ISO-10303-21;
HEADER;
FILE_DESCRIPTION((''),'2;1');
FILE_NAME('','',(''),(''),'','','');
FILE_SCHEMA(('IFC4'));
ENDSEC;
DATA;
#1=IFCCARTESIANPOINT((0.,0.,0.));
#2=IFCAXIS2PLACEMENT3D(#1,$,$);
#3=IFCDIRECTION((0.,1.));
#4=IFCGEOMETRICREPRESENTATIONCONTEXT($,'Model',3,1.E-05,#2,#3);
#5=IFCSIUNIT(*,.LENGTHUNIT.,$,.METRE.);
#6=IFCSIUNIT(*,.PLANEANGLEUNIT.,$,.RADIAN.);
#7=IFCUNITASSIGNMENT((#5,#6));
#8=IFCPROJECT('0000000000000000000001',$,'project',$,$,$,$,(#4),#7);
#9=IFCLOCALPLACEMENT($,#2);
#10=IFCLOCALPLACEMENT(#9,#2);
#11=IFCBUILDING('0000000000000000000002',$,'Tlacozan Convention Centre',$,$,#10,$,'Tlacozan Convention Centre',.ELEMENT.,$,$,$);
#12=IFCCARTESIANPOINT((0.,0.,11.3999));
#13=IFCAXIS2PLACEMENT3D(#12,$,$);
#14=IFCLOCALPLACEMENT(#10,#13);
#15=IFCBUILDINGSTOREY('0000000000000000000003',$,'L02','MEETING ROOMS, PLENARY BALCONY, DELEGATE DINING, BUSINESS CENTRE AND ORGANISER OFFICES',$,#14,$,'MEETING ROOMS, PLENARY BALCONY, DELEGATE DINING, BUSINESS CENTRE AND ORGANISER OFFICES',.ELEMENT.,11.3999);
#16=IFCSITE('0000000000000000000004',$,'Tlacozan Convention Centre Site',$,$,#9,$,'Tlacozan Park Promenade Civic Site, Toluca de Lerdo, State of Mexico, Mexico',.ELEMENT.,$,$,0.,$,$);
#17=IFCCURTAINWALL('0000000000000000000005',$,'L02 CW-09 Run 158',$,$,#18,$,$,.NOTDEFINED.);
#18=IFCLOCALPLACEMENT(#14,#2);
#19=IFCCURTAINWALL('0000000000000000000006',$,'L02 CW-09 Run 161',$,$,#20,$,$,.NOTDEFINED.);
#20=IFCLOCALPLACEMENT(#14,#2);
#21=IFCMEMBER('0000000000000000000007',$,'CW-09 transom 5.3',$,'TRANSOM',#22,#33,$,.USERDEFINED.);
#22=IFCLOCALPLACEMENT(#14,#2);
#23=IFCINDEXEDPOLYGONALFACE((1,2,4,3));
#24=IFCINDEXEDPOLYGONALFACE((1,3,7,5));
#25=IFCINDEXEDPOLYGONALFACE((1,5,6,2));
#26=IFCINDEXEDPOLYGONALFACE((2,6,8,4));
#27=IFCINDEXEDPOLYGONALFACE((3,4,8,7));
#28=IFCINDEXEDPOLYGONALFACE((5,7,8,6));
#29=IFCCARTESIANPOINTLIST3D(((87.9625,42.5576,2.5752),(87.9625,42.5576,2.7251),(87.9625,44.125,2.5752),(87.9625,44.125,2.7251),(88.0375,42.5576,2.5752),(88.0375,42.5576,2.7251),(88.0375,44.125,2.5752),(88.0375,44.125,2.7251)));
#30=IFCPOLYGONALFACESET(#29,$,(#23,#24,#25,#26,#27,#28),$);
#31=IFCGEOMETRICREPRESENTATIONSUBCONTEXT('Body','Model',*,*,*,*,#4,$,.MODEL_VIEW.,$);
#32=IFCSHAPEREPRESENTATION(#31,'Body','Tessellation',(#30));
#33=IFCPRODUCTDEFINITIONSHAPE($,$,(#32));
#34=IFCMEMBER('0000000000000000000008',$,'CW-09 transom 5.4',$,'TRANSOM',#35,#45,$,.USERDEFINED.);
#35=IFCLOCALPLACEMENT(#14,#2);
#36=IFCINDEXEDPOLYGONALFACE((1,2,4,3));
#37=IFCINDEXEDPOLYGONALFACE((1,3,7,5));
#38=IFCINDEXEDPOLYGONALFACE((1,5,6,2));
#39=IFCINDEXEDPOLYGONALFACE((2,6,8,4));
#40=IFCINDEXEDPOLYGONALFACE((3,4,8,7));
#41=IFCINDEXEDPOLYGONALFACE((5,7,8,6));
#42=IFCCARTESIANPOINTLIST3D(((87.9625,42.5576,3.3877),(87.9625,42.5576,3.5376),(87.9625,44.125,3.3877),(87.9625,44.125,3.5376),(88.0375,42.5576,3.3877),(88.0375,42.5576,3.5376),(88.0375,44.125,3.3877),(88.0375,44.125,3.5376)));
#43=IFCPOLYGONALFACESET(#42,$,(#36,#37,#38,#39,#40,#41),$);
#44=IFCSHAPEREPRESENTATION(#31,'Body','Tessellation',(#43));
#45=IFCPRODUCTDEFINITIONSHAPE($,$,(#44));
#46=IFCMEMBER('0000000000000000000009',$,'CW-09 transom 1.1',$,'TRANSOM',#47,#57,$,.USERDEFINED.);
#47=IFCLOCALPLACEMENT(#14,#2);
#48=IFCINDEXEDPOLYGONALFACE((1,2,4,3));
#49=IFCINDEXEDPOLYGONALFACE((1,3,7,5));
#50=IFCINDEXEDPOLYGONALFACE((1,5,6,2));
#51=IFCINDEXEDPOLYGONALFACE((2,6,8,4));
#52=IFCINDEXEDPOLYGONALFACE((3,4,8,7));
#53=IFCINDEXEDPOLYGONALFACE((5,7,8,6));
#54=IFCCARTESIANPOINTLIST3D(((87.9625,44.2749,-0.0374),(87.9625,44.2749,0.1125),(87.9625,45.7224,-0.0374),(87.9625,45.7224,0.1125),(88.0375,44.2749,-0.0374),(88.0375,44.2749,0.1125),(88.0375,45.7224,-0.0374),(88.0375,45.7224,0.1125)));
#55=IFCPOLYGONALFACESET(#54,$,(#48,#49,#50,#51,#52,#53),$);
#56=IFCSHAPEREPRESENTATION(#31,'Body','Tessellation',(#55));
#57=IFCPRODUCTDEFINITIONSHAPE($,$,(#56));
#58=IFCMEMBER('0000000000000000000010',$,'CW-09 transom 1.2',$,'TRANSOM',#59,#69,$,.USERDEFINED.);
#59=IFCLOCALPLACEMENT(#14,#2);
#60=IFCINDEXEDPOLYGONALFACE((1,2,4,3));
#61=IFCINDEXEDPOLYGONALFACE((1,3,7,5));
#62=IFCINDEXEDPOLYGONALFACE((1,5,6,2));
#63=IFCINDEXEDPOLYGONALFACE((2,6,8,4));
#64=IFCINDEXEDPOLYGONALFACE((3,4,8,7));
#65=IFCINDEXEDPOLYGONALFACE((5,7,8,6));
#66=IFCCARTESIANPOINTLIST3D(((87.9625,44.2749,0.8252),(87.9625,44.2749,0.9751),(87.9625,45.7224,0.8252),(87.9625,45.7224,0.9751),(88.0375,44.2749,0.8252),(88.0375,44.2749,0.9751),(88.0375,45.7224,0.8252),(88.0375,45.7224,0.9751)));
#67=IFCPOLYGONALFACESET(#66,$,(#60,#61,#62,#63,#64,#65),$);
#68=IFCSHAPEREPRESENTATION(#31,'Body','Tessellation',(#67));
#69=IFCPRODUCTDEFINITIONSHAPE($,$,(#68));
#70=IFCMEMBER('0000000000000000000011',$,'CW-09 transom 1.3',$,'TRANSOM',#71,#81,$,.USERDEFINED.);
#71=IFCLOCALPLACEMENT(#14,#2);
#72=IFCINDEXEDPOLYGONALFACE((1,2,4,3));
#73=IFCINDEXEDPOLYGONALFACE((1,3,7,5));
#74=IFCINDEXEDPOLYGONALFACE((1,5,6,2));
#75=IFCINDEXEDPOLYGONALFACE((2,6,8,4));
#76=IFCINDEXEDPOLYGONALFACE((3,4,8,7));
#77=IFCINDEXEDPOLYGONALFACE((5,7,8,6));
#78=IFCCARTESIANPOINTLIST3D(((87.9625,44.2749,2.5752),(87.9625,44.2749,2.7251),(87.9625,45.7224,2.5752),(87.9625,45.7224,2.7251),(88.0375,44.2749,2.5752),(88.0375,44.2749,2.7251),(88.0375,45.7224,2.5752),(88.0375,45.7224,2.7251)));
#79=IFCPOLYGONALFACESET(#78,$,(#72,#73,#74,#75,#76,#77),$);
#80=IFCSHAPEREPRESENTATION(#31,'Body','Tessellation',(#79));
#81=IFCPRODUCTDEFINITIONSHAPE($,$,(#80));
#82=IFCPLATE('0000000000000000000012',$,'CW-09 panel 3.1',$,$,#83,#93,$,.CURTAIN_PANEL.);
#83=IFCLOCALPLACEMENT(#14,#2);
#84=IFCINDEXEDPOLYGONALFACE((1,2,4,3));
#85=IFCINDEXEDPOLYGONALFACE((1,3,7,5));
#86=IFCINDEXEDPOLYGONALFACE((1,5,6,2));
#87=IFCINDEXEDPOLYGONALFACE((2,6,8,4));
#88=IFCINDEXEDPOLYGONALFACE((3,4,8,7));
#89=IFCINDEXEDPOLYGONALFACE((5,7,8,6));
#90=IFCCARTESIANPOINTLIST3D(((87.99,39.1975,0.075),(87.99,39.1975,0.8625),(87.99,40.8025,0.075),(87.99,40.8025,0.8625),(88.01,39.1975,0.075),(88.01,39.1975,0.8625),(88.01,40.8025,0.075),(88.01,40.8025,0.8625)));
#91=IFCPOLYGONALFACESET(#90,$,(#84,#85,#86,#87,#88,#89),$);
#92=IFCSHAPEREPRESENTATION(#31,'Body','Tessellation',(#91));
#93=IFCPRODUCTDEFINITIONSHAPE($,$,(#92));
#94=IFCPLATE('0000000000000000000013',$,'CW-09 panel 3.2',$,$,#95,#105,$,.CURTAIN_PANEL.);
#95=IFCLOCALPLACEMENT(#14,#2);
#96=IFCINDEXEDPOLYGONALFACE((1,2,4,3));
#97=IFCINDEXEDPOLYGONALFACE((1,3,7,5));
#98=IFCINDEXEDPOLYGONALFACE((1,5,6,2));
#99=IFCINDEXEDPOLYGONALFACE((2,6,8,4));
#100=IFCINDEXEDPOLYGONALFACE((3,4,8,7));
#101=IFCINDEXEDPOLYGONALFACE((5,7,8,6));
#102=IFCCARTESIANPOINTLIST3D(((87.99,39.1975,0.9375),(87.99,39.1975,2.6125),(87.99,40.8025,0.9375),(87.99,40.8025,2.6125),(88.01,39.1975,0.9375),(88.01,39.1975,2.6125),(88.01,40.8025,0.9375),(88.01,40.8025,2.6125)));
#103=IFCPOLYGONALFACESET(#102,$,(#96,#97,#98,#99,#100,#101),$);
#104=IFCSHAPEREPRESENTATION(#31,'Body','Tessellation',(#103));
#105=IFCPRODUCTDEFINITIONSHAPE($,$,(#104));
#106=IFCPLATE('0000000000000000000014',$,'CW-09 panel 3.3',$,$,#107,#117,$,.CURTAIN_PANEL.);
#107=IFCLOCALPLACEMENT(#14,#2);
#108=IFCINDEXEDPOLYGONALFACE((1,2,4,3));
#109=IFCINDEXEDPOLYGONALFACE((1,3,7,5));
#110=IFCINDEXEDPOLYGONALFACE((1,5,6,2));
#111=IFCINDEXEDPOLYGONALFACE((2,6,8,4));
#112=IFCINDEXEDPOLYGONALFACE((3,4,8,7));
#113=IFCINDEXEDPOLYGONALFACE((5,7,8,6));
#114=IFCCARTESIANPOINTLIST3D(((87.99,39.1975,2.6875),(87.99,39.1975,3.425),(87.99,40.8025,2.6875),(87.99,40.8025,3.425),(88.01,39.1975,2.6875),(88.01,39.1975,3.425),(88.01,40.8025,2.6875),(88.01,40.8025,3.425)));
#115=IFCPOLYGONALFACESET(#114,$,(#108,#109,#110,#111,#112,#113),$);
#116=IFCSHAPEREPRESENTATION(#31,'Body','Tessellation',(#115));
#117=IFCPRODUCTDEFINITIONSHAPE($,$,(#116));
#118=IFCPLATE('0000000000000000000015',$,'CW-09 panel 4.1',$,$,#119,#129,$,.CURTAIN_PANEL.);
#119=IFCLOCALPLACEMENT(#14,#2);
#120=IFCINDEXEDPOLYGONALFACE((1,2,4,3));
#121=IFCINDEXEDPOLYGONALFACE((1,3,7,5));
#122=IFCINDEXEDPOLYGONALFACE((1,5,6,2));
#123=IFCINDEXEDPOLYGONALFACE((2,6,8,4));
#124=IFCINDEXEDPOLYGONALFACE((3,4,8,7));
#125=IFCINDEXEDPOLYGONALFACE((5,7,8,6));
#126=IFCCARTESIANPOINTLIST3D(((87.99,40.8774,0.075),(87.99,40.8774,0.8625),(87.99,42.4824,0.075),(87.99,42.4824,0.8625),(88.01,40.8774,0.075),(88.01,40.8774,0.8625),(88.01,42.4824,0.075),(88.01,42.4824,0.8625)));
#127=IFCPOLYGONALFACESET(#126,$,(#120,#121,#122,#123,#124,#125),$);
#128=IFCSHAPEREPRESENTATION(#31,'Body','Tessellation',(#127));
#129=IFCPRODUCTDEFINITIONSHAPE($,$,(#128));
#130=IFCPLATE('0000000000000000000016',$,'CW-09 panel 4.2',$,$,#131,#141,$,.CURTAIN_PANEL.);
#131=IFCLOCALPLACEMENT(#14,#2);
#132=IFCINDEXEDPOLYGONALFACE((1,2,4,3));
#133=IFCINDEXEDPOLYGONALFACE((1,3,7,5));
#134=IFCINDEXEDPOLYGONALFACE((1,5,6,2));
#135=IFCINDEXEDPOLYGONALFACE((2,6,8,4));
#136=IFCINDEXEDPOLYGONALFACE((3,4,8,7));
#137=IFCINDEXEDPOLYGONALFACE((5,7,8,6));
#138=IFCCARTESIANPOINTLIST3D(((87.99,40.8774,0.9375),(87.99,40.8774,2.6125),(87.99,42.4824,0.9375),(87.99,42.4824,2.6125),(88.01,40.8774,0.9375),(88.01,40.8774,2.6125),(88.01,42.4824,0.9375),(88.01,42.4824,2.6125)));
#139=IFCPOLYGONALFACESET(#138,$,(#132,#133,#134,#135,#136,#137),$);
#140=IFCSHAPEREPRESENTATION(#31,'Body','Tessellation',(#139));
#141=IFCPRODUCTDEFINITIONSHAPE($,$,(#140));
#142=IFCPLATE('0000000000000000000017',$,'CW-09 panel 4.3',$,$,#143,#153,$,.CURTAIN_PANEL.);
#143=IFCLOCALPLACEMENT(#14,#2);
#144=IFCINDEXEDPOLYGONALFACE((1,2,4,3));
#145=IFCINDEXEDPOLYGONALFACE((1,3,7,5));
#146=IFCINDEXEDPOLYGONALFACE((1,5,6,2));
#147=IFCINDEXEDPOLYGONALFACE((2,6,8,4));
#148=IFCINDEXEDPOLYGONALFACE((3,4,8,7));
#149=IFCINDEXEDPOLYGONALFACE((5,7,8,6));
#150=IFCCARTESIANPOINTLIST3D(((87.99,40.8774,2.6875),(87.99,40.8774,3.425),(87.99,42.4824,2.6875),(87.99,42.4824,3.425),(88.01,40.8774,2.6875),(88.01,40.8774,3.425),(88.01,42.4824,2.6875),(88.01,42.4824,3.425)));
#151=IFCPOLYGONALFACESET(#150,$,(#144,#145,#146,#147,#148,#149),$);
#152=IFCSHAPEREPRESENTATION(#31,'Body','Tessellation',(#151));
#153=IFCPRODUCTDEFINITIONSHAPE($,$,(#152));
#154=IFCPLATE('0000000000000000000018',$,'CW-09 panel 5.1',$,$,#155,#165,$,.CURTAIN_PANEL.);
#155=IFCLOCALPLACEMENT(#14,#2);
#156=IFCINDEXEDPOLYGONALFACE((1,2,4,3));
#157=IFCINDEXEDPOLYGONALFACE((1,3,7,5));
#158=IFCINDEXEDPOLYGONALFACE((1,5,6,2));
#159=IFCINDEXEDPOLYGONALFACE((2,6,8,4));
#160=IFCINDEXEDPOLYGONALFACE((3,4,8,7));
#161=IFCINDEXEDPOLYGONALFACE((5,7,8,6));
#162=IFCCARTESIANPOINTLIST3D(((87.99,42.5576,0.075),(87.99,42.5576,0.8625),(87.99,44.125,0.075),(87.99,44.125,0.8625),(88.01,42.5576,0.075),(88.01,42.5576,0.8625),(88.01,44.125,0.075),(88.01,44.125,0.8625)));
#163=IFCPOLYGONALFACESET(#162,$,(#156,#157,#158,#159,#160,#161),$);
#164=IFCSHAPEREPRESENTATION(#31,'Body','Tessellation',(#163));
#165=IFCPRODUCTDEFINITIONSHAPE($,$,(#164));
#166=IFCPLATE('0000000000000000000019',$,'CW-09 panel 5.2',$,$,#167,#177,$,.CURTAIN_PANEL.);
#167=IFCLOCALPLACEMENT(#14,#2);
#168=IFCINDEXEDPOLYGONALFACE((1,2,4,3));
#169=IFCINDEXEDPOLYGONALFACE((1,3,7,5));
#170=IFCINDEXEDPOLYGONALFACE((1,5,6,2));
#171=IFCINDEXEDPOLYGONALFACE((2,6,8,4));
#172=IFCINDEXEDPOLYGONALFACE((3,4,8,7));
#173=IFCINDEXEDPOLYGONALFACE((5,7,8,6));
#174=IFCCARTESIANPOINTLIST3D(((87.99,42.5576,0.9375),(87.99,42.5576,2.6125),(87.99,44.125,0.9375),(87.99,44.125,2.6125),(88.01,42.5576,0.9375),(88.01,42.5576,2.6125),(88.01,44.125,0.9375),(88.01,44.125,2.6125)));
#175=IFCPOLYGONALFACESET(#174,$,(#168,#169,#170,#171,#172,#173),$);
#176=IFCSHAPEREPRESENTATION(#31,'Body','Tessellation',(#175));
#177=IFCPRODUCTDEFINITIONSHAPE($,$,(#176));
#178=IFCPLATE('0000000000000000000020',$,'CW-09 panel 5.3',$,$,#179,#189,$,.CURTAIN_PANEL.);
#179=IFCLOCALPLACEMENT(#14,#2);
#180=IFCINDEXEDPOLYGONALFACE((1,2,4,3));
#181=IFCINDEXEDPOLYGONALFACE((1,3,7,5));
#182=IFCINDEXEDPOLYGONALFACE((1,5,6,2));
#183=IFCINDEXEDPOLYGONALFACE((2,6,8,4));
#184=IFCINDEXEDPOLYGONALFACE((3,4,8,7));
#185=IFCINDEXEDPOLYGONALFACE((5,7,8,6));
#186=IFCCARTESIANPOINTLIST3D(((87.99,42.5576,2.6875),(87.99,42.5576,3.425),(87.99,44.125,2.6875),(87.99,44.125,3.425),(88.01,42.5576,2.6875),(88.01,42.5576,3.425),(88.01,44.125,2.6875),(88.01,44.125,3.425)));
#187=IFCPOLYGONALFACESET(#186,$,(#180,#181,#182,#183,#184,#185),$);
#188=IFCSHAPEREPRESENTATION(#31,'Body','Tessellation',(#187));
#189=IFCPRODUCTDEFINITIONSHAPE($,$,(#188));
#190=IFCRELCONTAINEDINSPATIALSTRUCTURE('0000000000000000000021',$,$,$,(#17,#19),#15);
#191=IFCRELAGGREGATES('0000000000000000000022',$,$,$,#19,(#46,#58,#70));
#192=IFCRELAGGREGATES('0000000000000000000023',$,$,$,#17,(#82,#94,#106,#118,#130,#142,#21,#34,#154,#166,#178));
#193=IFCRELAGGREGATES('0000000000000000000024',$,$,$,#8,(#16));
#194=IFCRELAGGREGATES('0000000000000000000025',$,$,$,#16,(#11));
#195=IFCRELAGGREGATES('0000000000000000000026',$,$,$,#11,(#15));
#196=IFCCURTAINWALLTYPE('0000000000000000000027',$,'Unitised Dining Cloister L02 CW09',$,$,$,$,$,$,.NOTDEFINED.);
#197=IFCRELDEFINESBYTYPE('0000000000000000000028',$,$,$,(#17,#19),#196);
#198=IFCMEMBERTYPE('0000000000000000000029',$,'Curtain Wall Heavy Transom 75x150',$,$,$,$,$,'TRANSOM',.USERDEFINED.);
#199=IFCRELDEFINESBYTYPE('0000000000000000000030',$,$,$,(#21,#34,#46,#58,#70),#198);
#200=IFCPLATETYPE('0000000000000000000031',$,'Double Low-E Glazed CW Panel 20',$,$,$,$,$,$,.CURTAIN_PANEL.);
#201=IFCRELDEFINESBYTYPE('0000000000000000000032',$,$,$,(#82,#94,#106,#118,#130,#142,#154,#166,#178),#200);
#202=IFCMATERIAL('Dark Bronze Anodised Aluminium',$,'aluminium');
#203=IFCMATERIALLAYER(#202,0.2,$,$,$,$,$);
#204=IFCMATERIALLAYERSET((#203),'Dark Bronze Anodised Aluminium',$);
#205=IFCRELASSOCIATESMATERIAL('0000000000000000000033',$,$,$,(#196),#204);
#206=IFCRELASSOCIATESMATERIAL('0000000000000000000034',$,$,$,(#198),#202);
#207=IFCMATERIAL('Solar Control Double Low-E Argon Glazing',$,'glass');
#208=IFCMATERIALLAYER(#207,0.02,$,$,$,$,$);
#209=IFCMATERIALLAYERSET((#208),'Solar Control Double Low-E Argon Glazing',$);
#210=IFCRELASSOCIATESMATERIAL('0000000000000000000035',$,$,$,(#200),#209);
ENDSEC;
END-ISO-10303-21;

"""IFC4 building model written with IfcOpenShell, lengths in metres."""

from ifc_helpers import new_model, si_unit, direction, frame, origin, origin_2d, place, context, subcontext, project, spatial, rectangle, extrude, material, layer, layer_set, material_profile, profile_set, type_object, element, aggregate, save


model = new_model("IFC4")

# Units and contexts
model_context = context("Model", 3, precision=1e-05, world=origin(), true_north=direction((0.0, 1.0)))
body_context = subcontext(model_context, "Body", "Model", "MODEL_VIEW")
ifc_project = project(units=[si_unit("LENGTHUNIT", "METRE"), si_unit("PLANEANGLEUNIT", "RADIAN")], contexts=[model_context])

# Site, building, storey
site_placement = place(None, origin())
site = spatial("IfcSite", under=ifc_project, at=site_placement, Name="Tlacozan Convention Centre Site", LongName="Tlacozan Park Promenade Civic Site, Toluca de Lerdo, State of Mexico, Mexico", CompositionType="ELEMENT", RefElevation=0.0)
building_placement = place(site_placement, origin())
building = spatial("IfcBuilding", under=site, at=building_placement, Name="Tlacozan Convention Centre", LongName="Tlacozan Convention Centre", CompositionType="ELEMENT")
storey_placement = place(building_placement, frame((0.0, 0.0, 11.3999)))
storey = spatial("IfcBuildingStorey", under=building, at=storey_placement, Name="L02", Description="MEETING ROOMS, PLENARY BALCONY, DELEGATE DINING, BUSINESS CENTRE AND ORGANISER OFFICES", LongName="MEETING ROOMS, PLENARY BALCONY, DELEGATE DINING, BUSINESS CENTRE AND ORGANISER OFFICES", CompositionType="ELEMENT", Elevation=11.3999)

# Curtain wall
ifc_material_1 = material(Name="Dark Bronze Anodised Aluminium", Category="aluminium")
ifc_layer_1 = layer(ifc_material_1, 0.2)
ifc_layer_set_1 = layer_set([ifc_layer_1], Name="Dark Bronze Anodised Aluminium")
curtain_wall_type = type_object("IfcCurtainWallType", Name="Unitised Dining Cloister L02 CW09", PredefinedType="NOTDEFINED", material=ifc_layer_set_1)
curtain_wall_1_placement = place(storey_placement, origin())
curtain_wall_1 = element("IfcCurtainWall", 1, at=curtain_wall_1_placement, inside=storey, type_object=curtain_wall_type, Name="L02 CW-09 Run 158", PredefinedType="NOTDEFINED")

# Curtain wall
curtain_wall_2_placement = place(storey_placement, origin())
curtain_wall_2 = element("IfcCurtainWall", 2, at=curtain_wall_2_placement, inside=storey, type_object=curtain_wall_type, Name="L02 CW-09 Run 161", PredefinedType="NOTDEFINED")

# Members
ifc_material_profile_1 = material_profile(ifc_material_1, rectangle(XDim=0.075, YDim=0.1499, at=origin_2d()), Name="ALU 75x150")
ifc_profile_set_1 = profile_set([ifc_material_profile_1], Name="Dark Bronze Anodised Aluminium")
member_type_1 = type_object("IfcMemberType", Name="Curtain Wall Heavy Transom 75x150", ElementType="TRANSOM", PredefinedType="USERDEFINED", material=ifc_profile_set_1)
member_1_placement = place(storey_placement, frame((88.0, 42.5576, 2.6501), z_axis=(0.0, 1.0, 0.0), x_axis=(-1.0, 0.0, 0.0)))
member_1 = element("IfcMember", 3, at=member_1_placement, type_object=member_type_1, Name="CW-09 transom 5.3", ObjectType="TRANSOM", PredefinedType="USERDEFINED", context=body_context, shape_type="SweptSolid", body=[
    extrude(rectangle(XDim=0.075, YDim=0.1499, at=origin_2d()), origin(), (0.0, 0.0, 1.0), 1.5674),
])
member_2_placement = place(storey_placement, frame((88.0, 42.5576, 3.4626), z_axis=(0.0, 1.0, 0.0), x_axis=(-1.0, 0.0, 0.0)))
member_2 = element("IfcMember", 4, at=member_2_placement, type_object=member_type_1, Name="CW-09 transom 5.4", ObjectType="TRANSOM", PredefinedType="USERDEFINED", context=body_context, shape_type="SweptSolid", body=[
    extrude(rectangle(XDim=0.075, YDim=0.1499, at=origin_2d()), origin(), (0.0, 0.0, 1.0), 1.5674),
])
member_3_placement = place(storey_placement, frame((88.0, 44.2749, 0.0376), z_axis=(0.0, 1.0, 0.0), x_axis=(-1.0, 0.0, 0.0)))
member_3 = element("IfcMember", 5, at=member_3_placement, type_object=member_type_1, Name="CW-09 transom 1.1", ObjectType="TRANSOM", PredefinedType="USERDEFINED", context=body_context, shape_type="SweptSolid", body=[
    extrude(rectangle(XDim=0.075, YDim=0.1499, at=origin_2d()), origin(), (0.0, 0.0, 1.0), 1.4475),
])
member_4_placement = place(storey_placement, frame((88.0, 44.2749, 0.9001), z_axis=(0.0, 1.0, 0.0), x_axis=(-1.0, 0.0, 0.0)))
member_4 = element("IfcMember", 6, at=member_4_placement, type_object=member_type_1, Name="CW-09 transom 1.2", ObjectType="TRANSOM", PredefinedType="USERDEFINED", context=body_context, shape_type="SweptSolid", body=[
    extrude(rectangle(XDim=0.075, YDim=0.1499, at=origin_2d()), origin(), (0.0, 0.0, 1.0), 1.4475),
])
member_5_placement = place(storey_placement, frame((88.0, 44.2749, 2.6501), z_axis=(0.0, 1.0, 0.0), x_axis=(-1.0, 0.0, 0.0)))
member_5 = element("IfcMember", 7, at=member_5_placement, type_object=member_type_1, Name="CW-09 transom 1.3", ObjectType="TRANSOM", PredefinedType="USERDEFINED", context=body_context, shape_type="SweptSolid", body=[
    extrude(rectangle(XDim=0.075, YDim=0.1499, at=origin_2d()), origin(), (0.0, 0.0, 1.0), 1.4475),
])
aggregate(curtain_wall_2, [member_3, member_4, member_5])

# Plates
ifc_material_2 = material(Name="Solar Control Double Low-E Argon Glazing", Category="glass")
ifc_layer_2 = layer(ifc_material_2, 0.02)
ifc_layer_set_2 = layer_set([ifc_layer_2], Name="Solar Control Double Low-E Argon Glazing")
plate_type = type_object("IfcPlateType", Name="Double Low-E Glazed CW Panel 20", PredefinedType="CURTAIN_PANEL", material=ifc_layer_set_2)
plate_1_placement = place(storey_placement, frame((88.0, 40.0, 0.075), z_axis=(0.0, 0.0, 1.0), x_axis=(0.0, 1.0, 0.0)))
plate_1 = element("IfcPlate", 8, at=plate_1_placement, type_object=plate_type, Name="CW-09 panel 3.1", PredefinedType="CURTAIN_PANEL", context=body_context, shape_type="SweptSolid", body=[
    extrude(rectangle(XDim=1.605, YDim=0.02, at=origin_2d()), origin(), (0.0, 0.0, 1.0), 0.7876),
])
plate_2_placement = place(storey_placement, frame((88.0, 40.0, 0.9375), z_axis=(0.0, 0.0, 1.0), x_axis=(0.0, 1.0, 0.0)))
plate_2 = element("IfcPlate", 9, at=plate_2_placement, type_object=plate_type, Name="CW-09 panel 3.2", PredefinedType="CURTAIN_PANEL", context=body_context, shape_type="SweptSolid", body=[
    extrude(rectangle(XDim=1.605, YDim=0.02, at=origin_2d()), origin(), (0.0, 0.0, 1.0), 1.675),
])
plate_3_placement = place(storey_placement, frame((88.0, 40.0, 2.6875), z_axis=(0.0, 0.0, 1.0), x_axis=(0.0, 1.0, 0.0)))
plate_3 = element("IfcPlate", 10, at=plate_3_placement, type_object=plate_type, Name="CW-09 panel 3.3", PredefinedType="CURTAIN_PANEL", context=body_context, shape_type="SweptSolid", body=[
    extrude(rectangle(XDim=1.605, YDim=0.02, at=origin_2d()), origin(), (0.0, 0.0, 1.0), 0.7375),
])
plate_4_placement = place(storey_placement, frame((88.0, 41.6799, 0.075), z_axis=(0.0, 0.0, 1.0), x_axis=(0.0, 1.0, 0.0)))
plate_4 = element("IfcPlate", 11, at=plate_4_placement, type_object=plate_type, Name="CW-09 panel 4.1", PredefinedType="CURTAIN_PANEL", context=body_context, shape_type="SweptSolid", body=[
    extrude(rectangle(XDim=1.605, YDim=0.02, at=origin_2d()), origin(), (0.0, 0.0, 1.0), 0.7876),
])
plate_5_placement = place(storey_placement, frame((88.0, 41.6799, 0.9375), z_axis=(0.0, 0.0, 1.0), x_axis=(0.0, 1.0, 0.0)))
plate_5 = element("IfcPlate", 12, at=plate_5_placement, type_object=plate_type, Name="CW-09 panel 4.2", PredefinedType="CURTAIN_PANEL", context=body_context, shape_type="SweptSolid", body=[
    extrude(rectangle(XDim=1.605, YDim=0.02, at=origin_2d()), origin(), (0.0, 0.0, 1.0), 1.675),
])
plate_6_placement = place(storey_placement, frame((88.0, 41.6799, 2.6875), z_axis=(0.0, 0.0, 1.0), x_axis=(0.0, 1.0, 0.0)))
plate_6 = element("IfcPlate", 13, at=plate_6_placement, type_object=plate_type, Name="CW-09 panel 4.3", PredefinedType="CURTAIN_PANEL", context=body_context, shape_type="SweptSolid", body=[
    extrude(rectangle(XDim=1.605, YDim=0.02, at=origin_2d()), origin(), (0.0, 0.0, 1.0), 0.7375),
])
plate_7_placement = place(storey_placement, frame((88.0, 43.3413, 0.075), z_axis=(0.0, 0.0, 1.0), x_axis=(0.0, 1.0, 0.0)))
plate_7 = element("IfcPlate", 14, at=plate_7_placement, type_object=plate_type, Name="CW-09 panel 5.1", PredefinedType="CURTAIN_PANEL", context=body_context, shape_type="SweptSolid", body=[
    extrude(rectangle(XDim=1.5674, YDim=0.02, at=origin_2d()), origin(), (0.0, 0.0, 1.0), 0.7876),
])
plate_8_placement = place(storey_placement, frame((88.0, 43.3413, 0.9375), z_axis=(0.0, 0.0, 1.0), x_axis=(0.0, 1.0, 0.0)))
plate_8 = element("IfcPlate", 15, at=plate_8_placement, type_object=plate_type, Name="CW-09 panel 5.2", PredefinedType="CURTAIN_PANEL", context=body_context, shape_type="SweptSolid", body=[
    extrude(rectangle(XDim=1.5674, YDim=0.02, at=origin_2d()), origin(), (0.0, 0.0, 1.0), 1.675),
])
plate_9_placement = place(storey_placement, frame((88.0, 43.3413, 2.6875), z_axis=(0.0, 0.0, 1.0), x_axis=(0.0, 1.0, 0.0)))
plate_9 = element("IfcPlate", 16, at=plate_9_placement, type_object=plate_type, Name="CW-09 panel 5.3", PredefinedType="CURTAIN_PANEL", context=body_context, shape_type="SweptSolid", body=[
    extrude(rectangle(XDim=1.5674, YDim=0.02, at=origin_2d()), origin(), (0.0, 0.0, 1.0), 0.7375),
])
aggregate(curtain_wall_1, [plate_1, plate_2, plate_3, plate_4, plate_5, plate_6, member_1, member_2, plate_7, plate_8, plate_9])

save(model, "model.ifc")
